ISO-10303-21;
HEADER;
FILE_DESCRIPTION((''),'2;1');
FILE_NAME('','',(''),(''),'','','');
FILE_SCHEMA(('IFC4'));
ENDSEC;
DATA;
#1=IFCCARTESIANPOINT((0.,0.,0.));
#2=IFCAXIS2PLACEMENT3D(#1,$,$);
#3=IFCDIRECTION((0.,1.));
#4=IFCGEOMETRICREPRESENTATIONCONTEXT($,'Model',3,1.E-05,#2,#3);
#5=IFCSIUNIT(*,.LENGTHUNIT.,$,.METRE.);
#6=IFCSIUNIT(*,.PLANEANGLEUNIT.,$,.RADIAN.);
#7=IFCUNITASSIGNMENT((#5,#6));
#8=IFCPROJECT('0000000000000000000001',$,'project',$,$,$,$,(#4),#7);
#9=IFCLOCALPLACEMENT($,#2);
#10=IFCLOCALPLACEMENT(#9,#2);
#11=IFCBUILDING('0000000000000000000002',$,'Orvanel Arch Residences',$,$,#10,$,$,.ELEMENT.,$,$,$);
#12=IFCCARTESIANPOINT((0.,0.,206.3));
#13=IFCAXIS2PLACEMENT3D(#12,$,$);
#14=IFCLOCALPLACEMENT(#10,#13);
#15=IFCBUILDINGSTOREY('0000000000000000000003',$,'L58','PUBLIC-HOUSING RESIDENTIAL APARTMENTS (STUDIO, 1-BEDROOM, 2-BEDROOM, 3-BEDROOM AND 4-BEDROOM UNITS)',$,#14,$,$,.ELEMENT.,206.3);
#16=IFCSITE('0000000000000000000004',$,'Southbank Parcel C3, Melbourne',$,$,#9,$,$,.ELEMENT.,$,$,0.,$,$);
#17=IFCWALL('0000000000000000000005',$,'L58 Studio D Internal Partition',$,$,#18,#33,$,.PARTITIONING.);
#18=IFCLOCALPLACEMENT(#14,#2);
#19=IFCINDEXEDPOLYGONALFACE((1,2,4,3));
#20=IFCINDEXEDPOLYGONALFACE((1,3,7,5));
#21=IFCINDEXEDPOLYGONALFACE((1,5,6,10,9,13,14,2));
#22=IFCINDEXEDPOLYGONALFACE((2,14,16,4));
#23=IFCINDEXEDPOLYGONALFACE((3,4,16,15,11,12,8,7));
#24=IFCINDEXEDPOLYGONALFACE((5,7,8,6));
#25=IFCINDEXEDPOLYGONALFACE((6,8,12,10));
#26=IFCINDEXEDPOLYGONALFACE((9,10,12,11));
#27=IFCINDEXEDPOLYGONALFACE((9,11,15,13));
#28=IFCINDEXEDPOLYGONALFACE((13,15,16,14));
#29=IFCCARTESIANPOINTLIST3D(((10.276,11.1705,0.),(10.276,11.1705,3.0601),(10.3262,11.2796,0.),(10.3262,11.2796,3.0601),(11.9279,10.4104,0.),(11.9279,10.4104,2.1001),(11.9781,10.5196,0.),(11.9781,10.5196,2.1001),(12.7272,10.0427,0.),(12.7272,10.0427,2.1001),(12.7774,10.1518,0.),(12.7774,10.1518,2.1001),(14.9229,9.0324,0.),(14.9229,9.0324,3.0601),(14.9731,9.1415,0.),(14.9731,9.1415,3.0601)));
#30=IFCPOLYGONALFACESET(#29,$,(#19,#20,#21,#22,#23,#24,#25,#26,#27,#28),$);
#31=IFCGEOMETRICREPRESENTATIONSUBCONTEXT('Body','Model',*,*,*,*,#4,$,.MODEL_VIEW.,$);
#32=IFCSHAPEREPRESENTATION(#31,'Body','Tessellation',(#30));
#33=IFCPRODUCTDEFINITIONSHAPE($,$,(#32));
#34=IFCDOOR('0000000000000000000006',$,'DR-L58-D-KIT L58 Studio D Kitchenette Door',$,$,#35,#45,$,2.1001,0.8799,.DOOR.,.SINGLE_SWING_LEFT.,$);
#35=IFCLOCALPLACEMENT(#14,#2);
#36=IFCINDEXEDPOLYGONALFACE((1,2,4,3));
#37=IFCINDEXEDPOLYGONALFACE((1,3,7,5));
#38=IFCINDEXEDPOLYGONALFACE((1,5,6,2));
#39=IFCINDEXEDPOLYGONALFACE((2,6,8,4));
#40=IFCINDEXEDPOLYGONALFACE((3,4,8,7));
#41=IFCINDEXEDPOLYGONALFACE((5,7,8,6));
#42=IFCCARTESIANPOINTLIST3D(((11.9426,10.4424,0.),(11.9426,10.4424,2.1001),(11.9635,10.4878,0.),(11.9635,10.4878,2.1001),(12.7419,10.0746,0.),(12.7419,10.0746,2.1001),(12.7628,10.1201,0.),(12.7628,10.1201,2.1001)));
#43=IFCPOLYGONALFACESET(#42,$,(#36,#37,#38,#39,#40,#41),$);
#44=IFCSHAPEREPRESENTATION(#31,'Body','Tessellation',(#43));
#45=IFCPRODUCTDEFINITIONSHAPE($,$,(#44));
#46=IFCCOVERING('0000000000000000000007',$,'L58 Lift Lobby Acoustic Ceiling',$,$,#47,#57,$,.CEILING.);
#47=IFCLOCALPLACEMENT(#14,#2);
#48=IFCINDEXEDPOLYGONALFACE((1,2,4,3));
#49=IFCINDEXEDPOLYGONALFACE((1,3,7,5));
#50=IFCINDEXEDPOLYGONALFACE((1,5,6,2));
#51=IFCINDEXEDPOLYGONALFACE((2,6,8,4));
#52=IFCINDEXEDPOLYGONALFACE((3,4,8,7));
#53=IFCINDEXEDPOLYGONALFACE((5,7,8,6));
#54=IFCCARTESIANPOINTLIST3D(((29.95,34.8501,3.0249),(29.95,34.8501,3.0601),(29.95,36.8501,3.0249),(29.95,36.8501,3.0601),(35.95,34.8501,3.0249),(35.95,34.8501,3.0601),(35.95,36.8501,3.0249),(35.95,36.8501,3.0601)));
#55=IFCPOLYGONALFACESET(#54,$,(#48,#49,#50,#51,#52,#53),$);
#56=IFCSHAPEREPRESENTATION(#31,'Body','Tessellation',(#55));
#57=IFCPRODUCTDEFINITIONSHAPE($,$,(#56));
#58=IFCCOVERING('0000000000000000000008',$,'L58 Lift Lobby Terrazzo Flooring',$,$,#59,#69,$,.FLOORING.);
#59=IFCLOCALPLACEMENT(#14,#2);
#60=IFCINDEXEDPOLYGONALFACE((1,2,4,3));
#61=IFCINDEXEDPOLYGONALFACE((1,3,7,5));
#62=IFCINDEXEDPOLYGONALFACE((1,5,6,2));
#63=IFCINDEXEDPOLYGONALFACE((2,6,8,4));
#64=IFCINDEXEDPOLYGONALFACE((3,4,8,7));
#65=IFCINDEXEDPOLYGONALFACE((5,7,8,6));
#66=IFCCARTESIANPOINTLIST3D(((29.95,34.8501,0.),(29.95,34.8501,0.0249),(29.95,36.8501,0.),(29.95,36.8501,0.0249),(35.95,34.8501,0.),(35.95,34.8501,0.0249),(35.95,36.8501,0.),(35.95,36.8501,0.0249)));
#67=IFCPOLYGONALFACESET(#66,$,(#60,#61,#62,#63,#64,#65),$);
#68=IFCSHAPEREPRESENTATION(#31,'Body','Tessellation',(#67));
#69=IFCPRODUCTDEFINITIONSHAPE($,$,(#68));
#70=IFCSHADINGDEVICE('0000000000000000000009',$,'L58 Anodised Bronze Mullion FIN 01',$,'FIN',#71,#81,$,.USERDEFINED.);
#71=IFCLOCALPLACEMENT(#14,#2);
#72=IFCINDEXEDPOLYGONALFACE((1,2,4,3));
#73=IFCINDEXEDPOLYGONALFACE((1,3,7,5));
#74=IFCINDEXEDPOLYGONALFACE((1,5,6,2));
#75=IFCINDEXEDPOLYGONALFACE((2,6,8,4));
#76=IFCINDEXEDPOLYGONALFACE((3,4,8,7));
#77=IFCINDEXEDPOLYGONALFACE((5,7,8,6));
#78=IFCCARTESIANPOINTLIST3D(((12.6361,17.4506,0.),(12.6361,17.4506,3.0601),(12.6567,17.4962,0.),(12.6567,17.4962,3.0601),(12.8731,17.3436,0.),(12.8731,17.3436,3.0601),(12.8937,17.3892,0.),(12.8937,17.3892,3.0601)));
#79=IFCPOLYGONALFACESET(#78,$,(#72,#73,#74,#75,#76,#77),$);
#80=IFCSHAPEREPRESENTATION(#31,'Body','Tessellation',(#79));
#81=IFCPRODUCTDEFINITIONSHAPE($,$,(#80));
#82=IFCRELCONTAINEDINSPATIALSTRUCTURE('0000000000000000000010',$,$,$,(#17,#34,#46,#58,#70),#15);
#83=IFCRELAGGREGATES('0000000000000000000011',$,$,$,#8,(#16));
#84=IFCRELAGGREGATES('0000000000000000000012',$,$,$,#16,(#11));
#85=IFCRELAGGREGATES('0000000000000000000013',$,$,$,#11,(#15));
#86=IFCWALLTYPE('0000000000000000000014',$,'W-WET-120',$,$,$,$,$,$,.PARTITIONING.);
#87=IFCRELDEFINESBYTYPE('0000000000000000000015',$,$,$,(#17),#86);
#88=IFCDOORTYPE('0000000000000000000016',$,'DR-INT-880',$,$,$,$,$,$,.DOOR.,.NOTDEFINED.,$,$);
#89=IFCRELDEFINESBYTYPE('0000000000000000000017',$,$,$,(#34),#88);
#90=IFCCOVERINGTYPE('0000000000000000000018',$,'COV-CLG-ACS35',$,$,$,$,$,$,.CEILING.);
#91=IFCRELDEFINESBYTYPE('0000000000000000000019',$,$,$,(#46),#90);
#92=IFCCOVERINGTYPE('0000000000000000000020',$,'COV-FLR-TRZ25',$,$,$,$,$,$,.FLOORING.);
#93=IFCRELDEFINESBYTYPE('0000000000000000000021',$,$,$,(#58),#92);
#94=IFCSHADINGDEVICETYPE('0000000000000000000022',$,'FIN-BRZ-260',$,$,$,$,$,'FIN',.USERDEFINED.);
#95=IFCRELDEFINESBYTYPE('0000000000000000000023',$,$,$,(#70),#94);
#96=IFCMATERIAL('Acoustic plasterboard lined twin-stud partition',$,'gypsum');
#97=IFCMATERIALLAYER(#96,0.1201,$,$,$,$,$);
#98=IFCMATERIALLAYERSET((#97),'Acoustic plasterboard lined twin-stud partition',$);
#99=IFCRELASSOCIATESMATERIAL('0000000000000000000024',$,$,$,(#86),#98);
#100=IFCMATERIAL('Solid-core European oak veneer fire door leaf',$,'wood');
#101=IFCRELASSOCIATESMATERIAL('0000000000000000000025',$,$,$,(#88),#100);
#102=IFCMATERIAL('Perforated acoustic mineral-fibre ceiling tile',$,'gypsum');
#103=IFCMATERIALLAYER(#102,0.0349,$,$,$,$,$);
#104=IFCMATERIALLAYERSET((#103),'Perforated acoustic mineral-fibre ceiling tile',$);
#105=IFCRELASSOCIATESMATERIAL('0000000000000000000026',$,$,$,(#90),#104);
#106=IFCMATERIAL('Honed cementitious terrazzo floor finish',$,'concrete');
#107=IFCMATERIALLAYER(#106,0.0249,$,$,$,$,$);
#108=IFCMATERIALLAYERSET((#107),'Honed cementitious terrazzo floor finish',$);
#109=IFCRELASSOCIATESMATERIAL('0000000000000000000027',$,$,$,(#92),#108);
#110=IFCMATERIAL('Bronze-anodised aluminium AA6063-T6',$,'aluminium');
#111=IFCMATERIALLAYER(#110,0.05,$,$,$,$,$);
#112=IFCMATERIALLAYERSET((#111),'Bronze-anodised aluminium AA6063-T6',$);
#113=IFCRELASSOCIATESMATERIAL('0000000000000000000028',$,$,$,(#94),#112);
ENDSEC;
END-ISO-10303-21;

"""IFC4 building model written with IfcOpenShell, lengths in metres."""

from ifc_helpers import new_model, si_unit, direction, frame, frame_2d, origin, origin_2d, place, context, subcontext, project, spatial, polyline, rectangle, outline, extrude, material, layer, layer_set, type_object, element, fill, save


model = new_model("IFC4")

# Units and contexts
model_context = context("Model", 3, precision=1e-05, world=origin(), true_north=direction((0.0, 1.0)))
body_context = subcontext(model_context, "Body", "Model", "MODEL_VIEW")
ifc_project = project(units=[si_unit("LENGTHUNIT", "METRE"), si_unit("PLANEANGLEUNIT", "RADIAN")], contexts=[model_context])

# Site, building, storey
site_placement = place(None, origin())
site = spatial("IfcSite", under=ifc_project, at=site_placement, Name="Southbank Parcel C3, Melbourne", CompositionType="ELEMENT", RefElevation=0.0)
building_placement = place(site_placement, origin())
building = spatial("IfcBuilding", under=site, at=building_placement, Name="Orvanel Arch Residences", CompositionType="ELEMENT")
storey_placement = place(building_placement, frame((0.0, 0.0, 206.3)))
storey = spatial("IfcBuildingStorey", under=building, at=storey_placement, Name="L58", Description="PUBLIC-HOUSING RESIDENTIAL APARTMENTS (STUDIO, 1-BEDROOM, 2-BEDROOM, 3-BEDROOM AND 4-BEDROOM UNITS)", CompositionType="ELEMENT", Elevation=206.3)

# Shared definitions
ifc_material_1 = material(Name="Bronze-anodised aluminium AA6063-T6", Category="aluminium")

# Shared definitions
ifc_material_2 = material(Name="Acoustic plasterboard lined twin-stud partition", Category="gypsum")
ifc_layer_1 = layer(ifc_material_2, 0.1201)
ifc_layer_set_1 = layer_set([ifc_layer_1], Name="Acoustic plasterboard lined twin-stud partition")
wall_type_1 = type_object("IfcWallType", Name="W-WET-120", PredefinedType="PARTITIONING", material=ifc_layer_set_1)
ifc_material_3 = material(Name="Solid-core European oak veneer fire door leaf", Category="wood")

# Wall, opening, door
wall_1_placement = place(storey_placement, frame((14.948, 9.0869, 0.0), z_axis=(0.0, 0.0, 1.0), x_axis=(-0.908448, 0.417999, 0.0)))
wall_1 = element("IfcWall", 1, at=wall_1_placement, inside=storey, type_object=wall_type_1, Name="L58 Studio D Internal Partition", PredefinedType="PARTITIONING", context=body_context, shape_type="SweptSolid", body=[
    extrude(rectangle(XDim=5.1152, YDim=0.1201, at=frame_2d((2.5576, 0.0))), origin(), (0.0, 0.0, 1.0), 3.0601),
])
opening_1_placement = place(wall_1_placement, frame((2.417, 0.0, 0.0)))
opening_1 = element("IfcOpeningElement", 2, at=opening_1_placement, cuts=wall_1, PredefinedType="OPENING", context=body_context, shape_type="SweptSolid", body=[
    extrude(rectangle(XDim=0.8799, YDim=2.1001, at=frame_2d((0.4399, 1.05))), frame((0.0, 0.0701, 0.0), z_axis=(0.0, -1.0, 0.0), x_axis=(1.0, 0.0, 0.0)), (0.0, 0.0, 1.0), 0.1401),
])
door_type_1 = type_object("IfcDoorType", Name="DR-INT-880", OperationType="NOTDEFINED", PredefinedType="DOOR", material=ifc_material_3)
door_1_placement = place(opening_1_placement, origin())
door_1 = element("IfcDoor", 3, at=door_1_placement, inside=storey, type_object=door_type_1, Name="DR-L58-D-KIT L58 Studio D Kitchenette Door", OperationType="SINGLE_SWING_LEFT", OverallHeight=2.1001, OverallWidth=0.8799, PredefinedType="DOOR", context=body_context, shape_type="SweptSolid", body=[
    extrude(rectangle(XDim=0.8799, YDim=2.1001, at=frame_2d((0.4399, 1.05))), frame((0.0, 0.0249, 0.0), z_axis=(0.0, -1.0, 0.0), x_axis=(1.0, 0.0, 0.0)), (0.0, 0.0, 1.0), 0.05),
])
fill(opening_1, door_1)

# Coverings
ifc_material_4 = material(Name="Perforated acoustic mineral-fibre ceiling tile", Category="gypsum")
ifc_layer_2 = layer(ifc_material_4, 0.0349)
ifc_layer_set_2 = layer_set([ifc_layer_2], Name="Perforated acoustic mineral-fibre ceiling tile")
covering_type_1 = type_object("IfcCoveringType", Name="COV-CLG-ACS35", PredefinedType="CEILING", material=ifc_layer_set_2)
covering_1_placement = place(storey_placement, frame((0.0, 0.0, 3.0249)))
element("IfcCovering", 4, at=covering_1_placement, inside=storey, type_object=covering_type_1, Name="L58 Lift Lobby Acoustic Ceiling", PredefinedType="CEILING", context=body_context, shape_type="SweptSolid", body=[
    extrude(outline(polyline([(29.95, 34.8501), (35.95, 34.8501), (35.95, 36.8501), (29.95, 36.8501), (29.95, 34.8501)])), origin(), (0.0, 0.0, 1.0), 0.0352),
])
ifc_material_5 = material(Name="Honed cementitious terrazzo floor finish", Category="concrete")
ifc_layer_3 = layer(ifc_material_5, 0.0249)
ifc_layer_set_3 = layer_set([ifc_layer_3], Name="Honed cementitious terrazzo floor finish")
covering_type_2 = type_object("IfcCoveringType", Name="COV-FLR-TRZ25", PredefinedType="FLOORING", material=ifc_layer_set_3)
covering_2_placement = place(storey_placement, origin())
element("IfcCovering", 5, at=covering_2_placement, inside=storey, type_object=covering_type_2, Name="L58 Lift Lobby Terrazzo Flooring", PredefinedType="FLOORING", context=body_context, shape_type="SweptSolid", body=[
    extrude(outline(polyline([(29.95, 34.8501), (35.95, 34.8501), (35.95, 36.8501), (29.95, 36.8501), (29.95, 34.8501)])), origin(), (0.0, 0.0, 1.0), 0.0249),
])

# Shading device
ifc_layer_4 = layer(ifc_material_1, 0.05)
ifc_layer_set_4 = layer_set([ifc_layer_4], Name="Bronze-anodised aluminium AA6063-T6")
shading_device_type = type_object("IfcShadingDeviceType", Name="FIN-BRZ-260", ElementType="FIN", PredefinedType="USERDEFINED", material=ifc_layer_set_4)
shading_device_placement = place(storey_placement, frame((12.7649, 17.4199, 0.0), z_axis=(0.0, 0.0, 1.0), x_axis=(-0.911403, 0.411514, 0.0)))
element("IfcShadingDevice", 6, at=shading_device_placement, inside=storey, type_object=shading_device_type, Name="L58 Anodised Bronze Mullion FIN 01", ObjectType="FIN", PredefinedType="USERDEFINED", context=body_context, shape_type="SweptSolid", body=[
    extrude(rectangle(XDim=0.26, YDim=0.05, at=origin_2d()), origin(), (0.0, 0.0, 1.0), 3.0601),
])

save(model, "model.ifc")
